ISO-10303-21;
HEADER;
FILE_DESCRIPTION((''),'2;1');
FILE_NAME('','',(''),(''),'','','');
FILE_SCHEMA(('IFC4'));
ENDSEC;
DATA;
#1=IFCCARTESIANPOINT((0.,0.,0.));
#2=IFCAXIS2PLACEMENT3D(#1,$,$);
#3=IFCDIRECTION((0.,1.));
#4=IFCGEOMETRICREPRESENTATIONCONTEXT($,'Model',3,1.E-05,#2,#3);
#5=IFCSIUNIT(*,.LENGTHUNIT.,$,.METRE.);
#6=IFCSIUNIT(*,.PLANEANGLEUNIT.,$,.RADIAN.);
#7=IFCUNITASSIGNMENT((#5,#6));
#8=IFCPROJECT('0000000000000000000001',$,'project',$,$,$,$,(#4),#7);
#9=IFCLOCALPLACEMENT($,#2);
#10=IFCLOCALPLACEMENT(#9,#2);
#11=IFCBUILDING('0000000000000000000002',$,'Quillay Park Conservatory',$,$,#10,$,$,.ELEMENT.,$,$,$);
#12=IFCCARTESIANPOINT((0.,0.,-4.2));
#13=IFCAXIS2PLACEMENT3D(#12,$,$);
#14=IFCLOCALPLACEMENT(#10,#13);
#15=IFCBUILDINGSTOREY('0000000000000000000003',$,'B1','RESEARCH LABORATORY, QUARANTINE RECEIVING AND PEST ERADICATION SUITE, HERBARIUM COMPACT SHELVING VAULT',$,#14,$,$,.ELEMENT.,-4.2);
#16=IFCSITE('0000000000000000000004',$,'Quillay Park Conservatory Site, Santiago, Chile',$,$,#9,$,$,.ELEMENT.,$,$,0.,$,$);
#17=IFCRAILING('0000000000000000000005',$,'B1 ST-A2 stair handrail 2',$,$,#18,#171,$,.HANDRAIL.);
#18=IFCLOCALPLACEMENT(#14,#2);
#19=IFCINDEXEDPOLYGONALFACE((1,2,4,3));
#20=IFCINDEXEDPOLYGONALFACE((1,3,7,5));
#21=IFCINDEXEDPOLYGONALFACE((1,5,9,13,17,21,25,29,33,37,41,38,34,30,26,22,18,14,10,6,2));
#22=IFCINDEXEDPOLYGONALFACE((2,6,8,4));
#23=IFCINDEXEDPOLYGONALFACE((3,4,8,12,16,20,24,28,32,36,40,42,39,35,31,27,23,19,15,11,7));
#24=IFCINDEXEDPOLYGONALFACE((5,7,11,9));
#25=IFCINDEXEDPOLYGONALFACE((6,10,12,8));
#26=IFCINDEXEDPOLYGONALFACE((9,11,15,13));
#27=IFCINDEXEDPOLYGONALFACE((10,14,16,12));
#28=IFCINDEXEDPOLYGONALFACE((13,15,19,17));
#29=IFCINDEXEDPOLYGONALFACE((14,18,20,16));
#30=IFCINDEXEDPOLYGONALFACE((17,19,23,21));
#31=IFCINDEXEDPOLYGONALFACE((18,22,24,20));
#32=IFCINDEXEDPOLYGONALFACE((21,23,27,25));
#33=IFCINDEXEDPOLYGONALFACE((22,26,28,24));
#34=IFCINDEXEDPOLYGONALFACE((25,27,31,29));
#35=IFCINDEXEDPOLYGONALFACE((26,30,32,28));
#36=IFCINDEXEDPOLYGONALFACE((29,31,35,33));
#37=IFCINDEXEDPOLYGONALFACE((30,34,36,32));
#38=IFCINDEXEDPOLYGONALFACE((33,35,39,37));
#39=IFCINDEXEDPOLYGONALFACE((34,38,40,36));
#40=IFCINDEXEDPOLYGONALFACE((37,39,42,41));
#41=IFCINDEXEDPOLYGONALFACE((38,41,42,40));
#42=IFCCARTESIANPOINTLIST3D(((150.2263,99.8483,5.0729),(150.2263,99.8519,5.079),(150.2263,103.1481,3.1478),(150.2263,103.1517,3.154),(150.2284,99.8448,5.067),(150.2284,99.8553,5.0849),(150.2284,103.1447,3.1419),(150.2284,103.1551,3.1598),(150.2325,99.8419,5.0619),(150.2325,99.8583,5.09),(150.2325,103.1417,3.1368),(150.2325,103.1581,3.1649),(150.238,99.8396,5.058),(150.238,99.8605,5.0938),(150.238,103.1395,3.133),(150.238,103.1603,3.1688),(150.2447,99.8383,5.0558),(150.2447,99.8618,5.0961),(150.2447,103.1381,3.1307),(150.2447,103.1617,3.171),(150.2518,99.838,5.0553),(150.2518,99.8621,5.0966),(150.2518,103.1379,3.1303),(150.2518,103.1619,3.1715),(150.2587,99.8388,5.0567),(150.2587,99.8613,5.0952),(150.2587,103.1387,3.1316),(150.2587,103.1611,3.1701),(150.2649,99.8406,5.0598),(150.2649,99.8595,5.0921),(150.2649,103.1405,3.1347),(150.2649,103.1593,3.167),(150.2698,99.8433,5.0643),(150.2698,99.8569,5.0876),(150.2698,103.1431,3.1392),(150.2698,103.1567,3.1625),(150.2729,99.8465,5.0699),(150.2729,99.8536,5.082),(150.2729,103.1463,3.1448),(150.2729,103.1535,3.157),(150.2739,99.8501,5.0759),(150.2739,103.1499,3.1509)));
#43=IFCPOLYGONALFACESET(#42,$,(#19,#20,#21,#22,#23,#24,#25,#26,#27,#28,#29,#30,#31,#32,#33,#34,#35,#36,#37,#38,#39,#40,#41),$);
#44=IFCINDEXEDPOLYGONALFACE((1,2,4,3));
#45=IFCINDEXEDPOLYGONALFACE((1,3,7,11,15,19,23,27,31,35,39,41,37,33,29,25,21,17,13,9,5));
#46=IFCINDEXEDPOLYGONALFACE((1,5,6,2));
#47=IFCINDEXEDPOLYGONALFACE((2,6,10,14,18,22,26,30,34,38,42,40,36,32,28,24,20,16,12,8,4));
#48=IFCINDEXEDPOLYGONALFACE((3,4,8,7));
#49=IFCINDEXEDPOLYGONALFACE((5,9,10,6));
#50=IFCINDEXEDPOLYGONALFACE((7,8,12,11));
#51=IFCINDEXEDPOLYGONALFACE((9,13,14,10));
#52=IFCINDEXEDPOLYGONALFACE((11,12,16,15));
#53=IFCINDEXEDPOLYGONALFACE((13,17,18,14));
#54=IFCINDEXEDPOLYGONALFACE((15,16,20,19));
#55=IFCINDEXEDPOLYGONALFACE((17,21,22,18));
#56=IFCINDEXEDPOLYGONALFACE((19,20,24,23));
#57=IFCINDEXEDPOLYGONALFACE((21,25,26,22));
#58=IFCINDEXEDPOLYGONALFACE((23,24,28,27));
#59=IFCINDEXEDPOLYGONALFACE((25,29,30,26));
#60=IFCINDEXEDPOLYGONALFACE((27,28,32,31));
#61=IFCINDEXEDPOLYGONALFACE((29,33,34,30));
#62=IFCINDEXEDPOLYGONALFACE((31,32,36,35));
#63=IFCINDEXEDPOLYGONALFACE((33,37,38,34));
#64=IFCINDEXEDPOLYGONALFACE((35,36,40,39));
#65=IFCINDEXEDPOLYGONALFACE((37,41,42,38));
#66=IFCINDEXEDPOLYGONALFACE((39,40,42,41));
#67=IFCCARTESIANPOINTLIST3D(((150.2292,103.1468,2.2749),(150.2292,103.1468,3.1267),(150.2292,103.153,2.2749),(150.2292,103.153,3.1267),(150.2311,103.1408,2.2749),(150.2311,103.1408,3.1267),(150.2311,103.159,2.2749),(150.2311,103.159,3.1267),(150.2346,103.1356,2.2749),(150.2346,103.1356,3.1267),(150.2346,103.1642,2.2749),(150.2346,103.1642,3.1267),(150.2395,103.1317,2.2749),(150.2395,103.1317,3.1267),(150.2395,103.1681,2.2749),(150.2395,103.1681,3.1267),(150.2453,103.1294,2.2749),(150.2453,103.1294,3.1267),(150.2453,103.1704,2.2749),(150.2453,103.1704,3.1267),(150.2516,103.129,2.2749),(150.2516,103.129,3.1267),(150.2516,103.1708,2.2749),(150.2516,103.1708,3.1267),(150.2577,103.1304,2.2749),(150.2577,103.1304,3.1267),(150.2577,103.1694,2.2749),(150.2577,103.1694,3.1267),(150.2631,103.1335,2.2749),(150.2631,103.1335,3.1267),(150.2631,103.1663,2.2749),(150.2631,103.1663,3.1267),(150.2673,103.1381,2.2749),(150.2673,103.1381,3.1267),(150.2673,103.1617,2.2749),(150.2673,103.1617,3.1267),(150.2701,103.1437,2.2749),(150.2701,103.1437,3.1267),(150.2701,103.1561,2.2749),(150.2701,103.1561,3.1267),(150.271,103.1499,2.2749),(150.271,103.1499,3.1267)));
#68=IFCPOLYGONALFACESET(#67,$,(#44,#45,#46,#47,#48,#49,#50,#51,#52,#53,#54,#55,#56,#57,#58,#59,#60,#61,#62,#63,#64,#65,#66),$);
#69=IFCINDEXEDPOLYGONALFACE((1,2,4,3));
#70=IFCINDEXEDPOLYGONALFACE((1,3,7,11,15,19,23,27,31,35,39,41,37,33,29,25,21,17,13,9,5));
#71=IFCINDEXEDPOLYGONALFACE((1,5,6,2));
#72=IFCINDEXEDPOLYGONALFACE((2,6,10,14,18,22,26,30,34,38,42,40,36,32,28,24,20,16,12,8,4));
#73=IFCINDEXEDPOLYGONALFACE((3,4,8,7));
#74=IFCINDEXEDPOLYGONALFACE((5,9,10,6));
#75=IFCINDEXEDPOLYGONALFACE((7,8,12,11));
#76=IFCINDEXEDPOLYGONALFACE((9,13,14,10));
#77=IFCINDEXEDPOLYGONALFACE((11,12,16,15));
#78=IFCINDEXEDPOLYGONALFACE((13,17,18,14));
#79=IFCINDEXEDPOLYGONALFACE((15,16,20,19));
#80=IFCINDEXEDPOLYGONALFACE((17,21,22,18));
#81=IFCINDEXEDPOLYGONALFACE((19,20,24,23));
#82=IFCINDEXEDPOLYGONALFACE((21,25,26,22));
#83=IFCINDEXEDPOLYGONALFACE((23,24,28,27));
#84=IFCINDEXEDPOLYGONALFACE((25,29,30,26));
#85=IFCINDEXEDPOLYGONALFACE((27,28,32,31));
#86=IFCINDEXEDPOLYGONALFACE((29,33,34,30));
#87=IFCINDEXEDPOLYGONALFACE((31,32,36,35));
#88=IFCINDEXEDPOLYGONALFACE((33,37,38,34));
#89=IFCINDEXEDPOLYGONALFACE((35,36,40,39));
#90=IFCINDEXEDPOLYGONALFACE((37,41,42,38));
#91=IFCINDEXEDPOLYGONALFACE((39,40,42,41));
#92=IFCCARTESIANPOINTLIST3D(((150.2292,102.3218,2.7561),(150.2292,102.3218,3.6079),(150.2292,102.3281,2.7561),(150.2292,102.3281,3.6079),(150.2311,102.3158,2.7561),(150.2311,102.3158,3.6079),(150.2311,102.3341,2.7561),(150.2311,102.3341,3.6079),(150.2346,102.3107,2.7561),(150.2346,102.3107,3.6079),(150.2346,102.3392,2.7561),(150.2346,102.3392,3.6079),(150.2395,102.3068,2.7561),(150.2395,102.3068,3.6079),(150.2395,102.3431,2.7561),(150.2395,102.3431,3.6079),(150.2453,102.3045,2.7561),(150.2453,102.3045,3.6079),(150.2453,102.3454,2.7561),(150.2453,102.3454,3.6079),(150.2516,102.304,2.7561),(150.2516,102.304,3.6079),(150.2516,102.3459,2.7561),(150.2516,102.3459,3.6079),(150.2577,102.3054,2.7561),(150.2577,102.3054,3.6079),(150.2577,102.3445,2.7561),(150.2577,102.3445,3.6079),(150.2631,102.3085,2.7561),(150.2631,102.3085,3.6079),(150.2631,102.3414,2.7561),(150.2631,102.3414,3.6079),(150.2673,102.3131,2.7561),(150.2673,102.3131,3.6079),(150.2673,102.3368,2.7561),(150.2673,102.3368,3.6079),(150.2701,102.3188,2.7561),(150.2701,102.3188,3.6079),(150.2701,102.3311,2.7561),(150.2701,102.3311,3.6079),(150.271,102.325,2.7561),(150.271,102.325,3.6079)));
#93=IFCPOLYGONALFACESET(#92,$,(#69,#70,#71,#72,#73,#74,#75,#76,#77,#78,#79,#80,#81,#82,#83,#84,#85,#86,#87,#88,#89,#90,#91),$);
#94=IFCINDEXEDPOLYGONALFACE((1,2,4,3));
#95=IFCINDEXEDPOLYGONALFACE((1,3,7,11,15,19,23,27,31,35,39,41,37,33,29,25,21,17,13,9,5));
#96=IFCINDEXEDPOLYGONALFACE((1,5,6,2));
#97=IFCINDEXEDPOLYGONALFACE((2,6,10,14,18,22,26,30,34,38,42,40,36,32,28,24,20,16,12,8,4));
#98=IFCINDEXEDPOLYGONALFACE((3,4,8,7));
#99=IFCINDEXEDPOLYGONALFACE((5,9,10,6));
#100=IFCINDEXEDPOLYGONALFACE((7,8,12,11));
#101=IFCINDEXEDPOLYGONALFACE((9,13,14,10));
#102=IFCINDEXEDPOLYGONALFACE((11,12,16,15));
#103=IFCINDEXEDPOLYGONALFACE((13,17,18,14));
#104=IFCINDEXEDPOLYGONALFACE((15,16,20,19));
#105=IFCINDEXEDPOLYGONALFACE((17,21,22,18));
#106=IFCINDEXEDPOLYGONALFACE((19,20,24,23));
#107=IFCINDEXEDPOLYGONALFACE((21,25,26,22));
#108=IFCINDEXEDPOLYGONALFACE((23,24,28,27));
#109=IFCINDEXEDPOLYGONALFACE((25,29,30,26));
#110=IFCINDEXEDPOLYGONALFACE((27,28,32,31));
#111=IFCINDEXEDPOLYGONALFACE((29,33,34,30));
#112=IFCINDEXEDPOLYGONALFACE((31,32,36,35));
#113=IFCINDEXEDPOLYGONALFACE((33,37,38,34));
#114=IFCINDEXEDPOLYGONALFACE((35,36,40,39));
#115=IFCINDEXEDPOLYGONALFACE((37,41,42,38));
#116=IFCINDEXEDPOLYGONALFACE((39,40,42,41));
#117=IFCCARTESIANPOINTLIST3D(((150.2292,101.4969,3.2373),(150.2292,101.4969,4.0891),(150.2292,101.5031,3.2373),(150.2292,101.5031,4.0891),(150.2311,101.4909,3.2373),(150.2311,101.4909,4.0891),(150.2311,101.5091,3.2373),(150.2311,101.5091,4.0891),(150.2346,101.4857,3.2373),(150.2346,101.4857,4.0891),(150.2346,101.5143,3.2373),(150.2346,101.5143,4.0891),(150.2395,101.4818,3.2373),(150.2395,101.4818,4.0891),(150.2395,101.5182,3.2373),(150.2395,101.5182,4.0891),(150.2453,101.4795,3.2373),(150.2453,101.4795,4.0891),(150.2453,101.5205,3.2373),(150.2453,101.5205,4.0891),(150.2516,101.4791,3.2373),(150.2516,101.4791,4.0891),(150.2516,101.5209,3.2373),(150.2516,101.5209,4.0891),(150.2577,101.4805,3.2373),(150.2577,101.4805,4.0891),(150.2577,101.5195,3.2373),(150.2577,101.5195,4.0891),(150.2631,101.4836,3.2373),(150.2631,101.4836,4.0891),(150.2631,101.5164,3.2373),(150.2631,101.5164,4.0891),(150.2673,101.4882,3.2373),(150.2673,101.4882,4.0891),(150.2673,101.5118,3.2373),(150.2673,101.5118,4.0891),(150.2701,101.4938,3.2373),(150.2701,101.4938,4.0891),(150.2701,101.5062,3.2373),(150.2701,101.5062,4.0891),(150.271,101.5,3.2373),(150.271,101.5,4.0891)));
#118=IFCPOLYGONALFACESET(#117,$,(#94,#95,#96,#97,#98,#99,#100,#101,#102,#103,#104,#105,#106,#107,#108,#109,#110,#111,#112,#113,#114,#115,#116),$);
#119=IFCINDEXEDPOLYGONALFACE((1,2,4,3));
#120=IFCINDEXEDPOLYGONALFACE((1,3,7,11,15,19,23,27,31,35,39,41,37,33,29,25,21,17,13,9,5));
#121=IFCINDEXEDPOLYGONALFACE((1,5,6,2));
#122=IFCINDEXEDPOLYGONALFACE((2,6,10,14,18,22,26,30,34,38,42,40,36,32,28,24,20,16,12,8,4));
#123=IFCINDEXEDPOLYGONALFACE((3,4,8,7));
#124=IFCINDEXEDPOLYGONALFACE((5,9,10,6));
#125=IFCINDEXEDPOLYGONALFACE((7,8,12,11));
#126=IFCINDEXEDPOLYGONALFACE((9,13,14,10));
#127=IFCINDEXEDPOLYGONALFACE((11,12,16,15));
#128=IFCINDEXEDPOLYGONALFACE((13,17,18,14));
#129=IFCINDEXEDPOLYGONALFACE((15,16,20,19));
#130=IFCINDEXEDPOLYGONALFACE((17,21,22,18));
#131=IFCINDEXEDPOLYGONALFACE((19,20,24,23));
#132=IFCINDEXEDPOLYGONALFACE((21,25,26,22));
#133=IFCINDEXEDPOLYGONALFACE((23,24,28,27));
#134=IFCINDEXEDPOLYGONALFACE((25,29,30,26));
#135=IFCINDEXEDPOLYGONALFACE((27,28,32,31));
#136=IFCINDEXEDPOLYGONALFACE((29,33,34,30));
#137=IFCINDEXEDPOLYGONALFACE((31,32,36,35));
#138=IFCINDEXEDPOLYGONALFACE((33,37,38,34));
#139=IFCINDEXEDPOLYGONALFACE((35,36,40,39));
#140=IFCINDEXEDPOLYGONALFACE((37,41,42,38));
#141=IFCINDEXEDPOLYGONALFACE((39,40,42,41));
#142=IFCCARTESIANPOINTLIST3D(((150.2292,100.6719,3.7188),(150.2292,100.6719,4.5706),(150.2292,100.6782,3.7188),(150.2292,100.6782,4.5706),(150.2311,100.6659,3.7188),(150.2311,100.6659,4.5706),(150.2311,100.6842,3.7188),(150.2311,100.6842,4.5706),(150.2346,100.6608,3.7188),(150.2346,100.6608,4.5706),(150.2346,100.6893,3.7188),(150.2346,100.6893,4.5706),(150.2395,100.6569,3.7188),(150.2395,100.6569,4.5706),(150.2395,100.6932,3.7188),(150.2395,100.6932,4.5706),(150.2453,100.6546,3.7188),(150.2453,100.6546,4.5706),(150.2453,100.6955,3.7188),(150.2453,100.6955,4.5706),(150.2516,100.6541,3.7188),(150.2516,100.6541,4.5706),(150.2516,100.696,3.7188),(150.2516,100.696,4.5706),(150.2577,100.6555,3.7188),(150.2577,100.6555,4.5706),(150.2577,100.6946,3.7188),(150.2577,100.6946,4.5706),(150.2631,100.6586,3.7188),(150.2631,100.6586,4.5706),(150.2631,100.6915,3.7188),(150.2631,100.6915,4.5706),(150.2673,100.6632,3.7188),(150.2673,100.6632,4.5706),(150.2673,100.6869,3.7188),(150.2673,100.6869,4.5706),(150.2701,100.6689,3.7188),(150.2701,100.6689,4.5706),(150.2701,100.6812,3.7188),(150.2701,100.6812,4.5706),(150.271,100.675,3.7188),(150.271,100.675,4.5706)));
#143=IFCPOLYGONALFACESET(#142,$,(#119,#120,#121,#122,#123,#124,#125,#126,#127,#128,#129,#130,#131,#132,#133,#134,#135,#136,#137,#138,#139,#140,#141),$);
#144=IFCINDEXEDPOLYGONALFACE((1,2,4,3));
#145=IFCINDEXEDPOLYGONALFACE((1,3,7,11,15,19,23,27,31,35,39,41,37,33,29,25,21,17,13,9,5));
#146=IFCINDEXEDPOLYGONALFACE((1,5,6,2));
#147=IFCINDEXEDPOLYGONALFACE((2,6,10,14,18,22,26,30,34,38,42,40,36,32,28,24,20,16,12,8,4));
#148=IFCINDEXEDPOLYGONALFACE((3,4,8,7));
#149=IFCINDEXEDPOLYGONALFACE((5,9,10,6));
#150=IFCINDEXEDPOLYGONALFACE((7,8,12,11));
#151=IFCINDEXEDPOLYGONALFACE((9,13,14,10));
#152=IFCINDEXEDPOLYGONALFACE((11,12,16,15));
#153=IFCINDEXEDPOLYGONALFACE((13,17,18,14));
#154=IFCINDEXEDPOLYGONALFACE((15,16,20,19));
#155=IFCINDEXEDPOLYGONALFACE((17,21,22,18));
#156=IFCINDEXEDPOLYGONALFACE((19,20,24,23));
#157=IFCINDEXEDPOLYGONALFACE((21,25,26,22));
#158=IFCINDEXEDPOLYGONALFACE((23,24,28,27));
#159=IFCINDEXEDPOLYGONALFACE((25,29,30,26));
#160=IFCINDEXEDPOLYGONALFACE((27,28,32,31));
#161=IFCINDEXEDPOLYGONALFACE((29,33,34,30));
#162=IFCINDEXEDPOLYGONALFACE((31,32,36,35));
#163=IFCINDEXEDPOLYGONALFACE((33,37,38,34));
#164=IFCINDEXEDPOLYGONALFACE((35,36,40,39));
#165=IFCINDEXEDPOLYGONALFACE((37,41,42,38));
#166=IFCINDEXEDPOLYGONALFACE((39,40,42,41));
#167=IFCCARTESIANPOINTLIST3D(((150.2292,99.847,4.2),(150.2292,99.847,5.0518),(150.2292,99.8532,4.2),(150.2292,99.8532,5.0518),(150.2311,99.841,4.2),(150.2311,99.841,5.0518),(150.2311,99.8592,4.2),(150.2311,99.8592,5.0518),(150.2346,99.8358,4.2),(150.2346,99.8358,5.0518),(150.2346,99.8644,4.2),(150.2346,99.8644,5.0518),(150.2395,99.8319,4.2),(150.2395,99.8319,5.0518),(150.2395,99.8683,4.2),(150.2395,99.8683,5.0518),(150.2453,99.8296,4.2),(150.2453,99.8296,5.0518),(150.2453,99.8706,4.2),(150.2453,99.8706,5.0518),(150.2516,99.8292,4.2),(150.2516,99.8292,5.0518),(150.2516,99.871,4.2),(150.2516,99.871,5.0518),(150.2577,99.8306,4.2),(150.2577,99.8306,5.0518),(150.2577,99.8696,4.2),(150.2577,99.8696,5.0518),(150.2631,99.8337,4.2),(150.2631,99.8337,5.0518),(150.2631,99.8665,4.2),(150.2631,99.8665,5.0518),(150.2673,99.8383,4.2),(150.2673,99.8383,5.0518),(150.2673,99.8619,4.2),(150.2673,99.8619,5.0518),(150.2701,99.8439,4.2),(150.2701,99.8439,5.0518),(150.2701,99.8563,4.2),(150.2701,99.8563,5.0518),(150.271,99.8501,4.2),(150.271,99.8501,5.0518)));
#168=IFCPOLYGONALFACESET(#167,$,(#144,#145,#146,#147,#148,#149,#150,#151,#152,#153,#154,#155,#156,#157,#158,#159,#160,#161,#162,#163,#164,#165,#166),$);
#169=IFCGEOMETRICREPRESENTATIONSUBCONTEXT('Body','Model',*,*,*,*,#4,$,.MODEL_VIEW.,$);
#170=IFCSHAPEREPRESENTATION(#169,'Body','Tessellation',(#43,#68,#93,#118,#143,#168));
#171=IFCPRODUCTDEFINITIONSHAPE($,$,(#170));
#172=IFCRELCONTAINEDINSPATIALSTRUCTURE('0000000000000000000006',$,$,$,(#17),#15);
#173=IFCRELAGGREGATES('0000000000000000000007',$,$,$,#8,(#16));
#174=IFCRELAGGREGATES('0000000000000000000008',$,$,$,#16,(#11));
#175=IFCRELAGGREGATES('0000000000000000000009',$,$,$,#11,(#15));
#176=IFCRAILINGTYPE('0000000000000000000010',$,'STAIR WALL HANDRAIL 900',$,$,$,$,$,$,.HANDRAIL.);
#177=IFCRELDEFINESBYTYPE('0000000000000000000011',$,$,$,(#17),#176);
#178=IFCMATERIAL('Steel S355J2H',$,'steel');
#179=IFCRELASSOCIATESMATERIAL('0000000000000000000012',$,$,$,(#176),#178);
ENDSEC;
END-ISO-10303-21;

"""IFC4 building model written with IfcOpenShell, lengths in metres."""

from ifc_helpers import new_model, si_unit, direction, frame, origin, origin_2d, place, context, subcontext, project, spatial, circle, extrude, material, type_object, element, save


model = new_model("IFC4")

# Units and contexts
model_context = context("Model", 3, precision=1e-05, world=origin(), true_north=direction((0.0, 1.0)))
body_context = subcontext(model_context, "Body", "Model", "MODEL_VIEW")
ifc_project = project(units=[si_unit("LENGTHUNIT", "METRE"), si_unit("PLANEANGLEUNIT", "RADIAN")], contexts=[model_context])

# Site, building, storey
site_placement = place(None, origin())
site = spatial("IfcSite", under=ifc_project, at=site_placement, Name="Quillay Park Conservatory Site, Santiago, Chile", CompositionType="ELEMENT", RefElevation=0.0)
building_placement = place(site_placement, origin())
building = spatial("IfcBuilding", under=site, at=building_placement, Name="Quillay Park Conservatory", CompositionType="ELEMENT")
storey_placement = place(building_placement, frame((0.0, 0.0, -4.2)))
storey = spatial("IfcBuildingStorey", under=building, at=storey_placement, Name="B1", Description="RESEARCH LABORATORY, QUARANTINE RECEIVING AND PEST ERADICATION SUITE, HERBARIUM COMPACT SHELVING VAULT", CompositionType="ELEMENT", Elevation=-4.2)

# Railing
ifc_material_1 = material(Name="Steel S355J2H", Category="steel")
railing_type_1 = type_object("IfcRailingType", Name="STAIR WALL HANDRAIL 900", PredefinedType="HANDRAIL", material=ifc_material_1)
railing_1_placement = place(storey_placement, frame((150.25, 103.1499, 2.2749)))
element("IfcRailing", 1, at=railing_1_placement, inside=storey, type_object=railing_type_1, Name="B1 ST-A2 stair handrail 2", PredefinedType="HANDRAIL", context=body_context, shape_type="SweptSolid", body=[
    extrude(circle(Radius=0.0239, at=origin_2d()), frame((0.0, 0.0, 0.876), z_axis=(0.0, -0.86376, 0.503903), x_axis=(1.0, 0.0, 0.0)), (0.0, 0.0, 1.0), 3.8203),
    extrude(circle(Radius=0.021, at=origin_2d()), origin(), (0.0, 0.0, 1.0), 0.8518),
    extrude(circle(Radius=0.021, at=origin_2d()), frame((0.0, -0.825, 0.4812)), (0.0, 0.0, 1.0), 0.8518),
    extrude(circle(Radius=0.021, at=origin_2d()), frame((0.0, -1.6499, 0.9624)), (0.0, 0.0, 1.0), 0.8518),
    extrude(circle(Radius=0.021, at=origin_2d()), frame((0.0, -2.4749, 1.4438)), (0.0, 0.0, 1.0), 0.8518),
    extrude(circle(Radius=0.021, at=origin_2d()), frame((0.0, -3.2998, 1.925)), (0.0, 0.0, 1.0), 0.8518),
])

save(model, "model.ifc")
